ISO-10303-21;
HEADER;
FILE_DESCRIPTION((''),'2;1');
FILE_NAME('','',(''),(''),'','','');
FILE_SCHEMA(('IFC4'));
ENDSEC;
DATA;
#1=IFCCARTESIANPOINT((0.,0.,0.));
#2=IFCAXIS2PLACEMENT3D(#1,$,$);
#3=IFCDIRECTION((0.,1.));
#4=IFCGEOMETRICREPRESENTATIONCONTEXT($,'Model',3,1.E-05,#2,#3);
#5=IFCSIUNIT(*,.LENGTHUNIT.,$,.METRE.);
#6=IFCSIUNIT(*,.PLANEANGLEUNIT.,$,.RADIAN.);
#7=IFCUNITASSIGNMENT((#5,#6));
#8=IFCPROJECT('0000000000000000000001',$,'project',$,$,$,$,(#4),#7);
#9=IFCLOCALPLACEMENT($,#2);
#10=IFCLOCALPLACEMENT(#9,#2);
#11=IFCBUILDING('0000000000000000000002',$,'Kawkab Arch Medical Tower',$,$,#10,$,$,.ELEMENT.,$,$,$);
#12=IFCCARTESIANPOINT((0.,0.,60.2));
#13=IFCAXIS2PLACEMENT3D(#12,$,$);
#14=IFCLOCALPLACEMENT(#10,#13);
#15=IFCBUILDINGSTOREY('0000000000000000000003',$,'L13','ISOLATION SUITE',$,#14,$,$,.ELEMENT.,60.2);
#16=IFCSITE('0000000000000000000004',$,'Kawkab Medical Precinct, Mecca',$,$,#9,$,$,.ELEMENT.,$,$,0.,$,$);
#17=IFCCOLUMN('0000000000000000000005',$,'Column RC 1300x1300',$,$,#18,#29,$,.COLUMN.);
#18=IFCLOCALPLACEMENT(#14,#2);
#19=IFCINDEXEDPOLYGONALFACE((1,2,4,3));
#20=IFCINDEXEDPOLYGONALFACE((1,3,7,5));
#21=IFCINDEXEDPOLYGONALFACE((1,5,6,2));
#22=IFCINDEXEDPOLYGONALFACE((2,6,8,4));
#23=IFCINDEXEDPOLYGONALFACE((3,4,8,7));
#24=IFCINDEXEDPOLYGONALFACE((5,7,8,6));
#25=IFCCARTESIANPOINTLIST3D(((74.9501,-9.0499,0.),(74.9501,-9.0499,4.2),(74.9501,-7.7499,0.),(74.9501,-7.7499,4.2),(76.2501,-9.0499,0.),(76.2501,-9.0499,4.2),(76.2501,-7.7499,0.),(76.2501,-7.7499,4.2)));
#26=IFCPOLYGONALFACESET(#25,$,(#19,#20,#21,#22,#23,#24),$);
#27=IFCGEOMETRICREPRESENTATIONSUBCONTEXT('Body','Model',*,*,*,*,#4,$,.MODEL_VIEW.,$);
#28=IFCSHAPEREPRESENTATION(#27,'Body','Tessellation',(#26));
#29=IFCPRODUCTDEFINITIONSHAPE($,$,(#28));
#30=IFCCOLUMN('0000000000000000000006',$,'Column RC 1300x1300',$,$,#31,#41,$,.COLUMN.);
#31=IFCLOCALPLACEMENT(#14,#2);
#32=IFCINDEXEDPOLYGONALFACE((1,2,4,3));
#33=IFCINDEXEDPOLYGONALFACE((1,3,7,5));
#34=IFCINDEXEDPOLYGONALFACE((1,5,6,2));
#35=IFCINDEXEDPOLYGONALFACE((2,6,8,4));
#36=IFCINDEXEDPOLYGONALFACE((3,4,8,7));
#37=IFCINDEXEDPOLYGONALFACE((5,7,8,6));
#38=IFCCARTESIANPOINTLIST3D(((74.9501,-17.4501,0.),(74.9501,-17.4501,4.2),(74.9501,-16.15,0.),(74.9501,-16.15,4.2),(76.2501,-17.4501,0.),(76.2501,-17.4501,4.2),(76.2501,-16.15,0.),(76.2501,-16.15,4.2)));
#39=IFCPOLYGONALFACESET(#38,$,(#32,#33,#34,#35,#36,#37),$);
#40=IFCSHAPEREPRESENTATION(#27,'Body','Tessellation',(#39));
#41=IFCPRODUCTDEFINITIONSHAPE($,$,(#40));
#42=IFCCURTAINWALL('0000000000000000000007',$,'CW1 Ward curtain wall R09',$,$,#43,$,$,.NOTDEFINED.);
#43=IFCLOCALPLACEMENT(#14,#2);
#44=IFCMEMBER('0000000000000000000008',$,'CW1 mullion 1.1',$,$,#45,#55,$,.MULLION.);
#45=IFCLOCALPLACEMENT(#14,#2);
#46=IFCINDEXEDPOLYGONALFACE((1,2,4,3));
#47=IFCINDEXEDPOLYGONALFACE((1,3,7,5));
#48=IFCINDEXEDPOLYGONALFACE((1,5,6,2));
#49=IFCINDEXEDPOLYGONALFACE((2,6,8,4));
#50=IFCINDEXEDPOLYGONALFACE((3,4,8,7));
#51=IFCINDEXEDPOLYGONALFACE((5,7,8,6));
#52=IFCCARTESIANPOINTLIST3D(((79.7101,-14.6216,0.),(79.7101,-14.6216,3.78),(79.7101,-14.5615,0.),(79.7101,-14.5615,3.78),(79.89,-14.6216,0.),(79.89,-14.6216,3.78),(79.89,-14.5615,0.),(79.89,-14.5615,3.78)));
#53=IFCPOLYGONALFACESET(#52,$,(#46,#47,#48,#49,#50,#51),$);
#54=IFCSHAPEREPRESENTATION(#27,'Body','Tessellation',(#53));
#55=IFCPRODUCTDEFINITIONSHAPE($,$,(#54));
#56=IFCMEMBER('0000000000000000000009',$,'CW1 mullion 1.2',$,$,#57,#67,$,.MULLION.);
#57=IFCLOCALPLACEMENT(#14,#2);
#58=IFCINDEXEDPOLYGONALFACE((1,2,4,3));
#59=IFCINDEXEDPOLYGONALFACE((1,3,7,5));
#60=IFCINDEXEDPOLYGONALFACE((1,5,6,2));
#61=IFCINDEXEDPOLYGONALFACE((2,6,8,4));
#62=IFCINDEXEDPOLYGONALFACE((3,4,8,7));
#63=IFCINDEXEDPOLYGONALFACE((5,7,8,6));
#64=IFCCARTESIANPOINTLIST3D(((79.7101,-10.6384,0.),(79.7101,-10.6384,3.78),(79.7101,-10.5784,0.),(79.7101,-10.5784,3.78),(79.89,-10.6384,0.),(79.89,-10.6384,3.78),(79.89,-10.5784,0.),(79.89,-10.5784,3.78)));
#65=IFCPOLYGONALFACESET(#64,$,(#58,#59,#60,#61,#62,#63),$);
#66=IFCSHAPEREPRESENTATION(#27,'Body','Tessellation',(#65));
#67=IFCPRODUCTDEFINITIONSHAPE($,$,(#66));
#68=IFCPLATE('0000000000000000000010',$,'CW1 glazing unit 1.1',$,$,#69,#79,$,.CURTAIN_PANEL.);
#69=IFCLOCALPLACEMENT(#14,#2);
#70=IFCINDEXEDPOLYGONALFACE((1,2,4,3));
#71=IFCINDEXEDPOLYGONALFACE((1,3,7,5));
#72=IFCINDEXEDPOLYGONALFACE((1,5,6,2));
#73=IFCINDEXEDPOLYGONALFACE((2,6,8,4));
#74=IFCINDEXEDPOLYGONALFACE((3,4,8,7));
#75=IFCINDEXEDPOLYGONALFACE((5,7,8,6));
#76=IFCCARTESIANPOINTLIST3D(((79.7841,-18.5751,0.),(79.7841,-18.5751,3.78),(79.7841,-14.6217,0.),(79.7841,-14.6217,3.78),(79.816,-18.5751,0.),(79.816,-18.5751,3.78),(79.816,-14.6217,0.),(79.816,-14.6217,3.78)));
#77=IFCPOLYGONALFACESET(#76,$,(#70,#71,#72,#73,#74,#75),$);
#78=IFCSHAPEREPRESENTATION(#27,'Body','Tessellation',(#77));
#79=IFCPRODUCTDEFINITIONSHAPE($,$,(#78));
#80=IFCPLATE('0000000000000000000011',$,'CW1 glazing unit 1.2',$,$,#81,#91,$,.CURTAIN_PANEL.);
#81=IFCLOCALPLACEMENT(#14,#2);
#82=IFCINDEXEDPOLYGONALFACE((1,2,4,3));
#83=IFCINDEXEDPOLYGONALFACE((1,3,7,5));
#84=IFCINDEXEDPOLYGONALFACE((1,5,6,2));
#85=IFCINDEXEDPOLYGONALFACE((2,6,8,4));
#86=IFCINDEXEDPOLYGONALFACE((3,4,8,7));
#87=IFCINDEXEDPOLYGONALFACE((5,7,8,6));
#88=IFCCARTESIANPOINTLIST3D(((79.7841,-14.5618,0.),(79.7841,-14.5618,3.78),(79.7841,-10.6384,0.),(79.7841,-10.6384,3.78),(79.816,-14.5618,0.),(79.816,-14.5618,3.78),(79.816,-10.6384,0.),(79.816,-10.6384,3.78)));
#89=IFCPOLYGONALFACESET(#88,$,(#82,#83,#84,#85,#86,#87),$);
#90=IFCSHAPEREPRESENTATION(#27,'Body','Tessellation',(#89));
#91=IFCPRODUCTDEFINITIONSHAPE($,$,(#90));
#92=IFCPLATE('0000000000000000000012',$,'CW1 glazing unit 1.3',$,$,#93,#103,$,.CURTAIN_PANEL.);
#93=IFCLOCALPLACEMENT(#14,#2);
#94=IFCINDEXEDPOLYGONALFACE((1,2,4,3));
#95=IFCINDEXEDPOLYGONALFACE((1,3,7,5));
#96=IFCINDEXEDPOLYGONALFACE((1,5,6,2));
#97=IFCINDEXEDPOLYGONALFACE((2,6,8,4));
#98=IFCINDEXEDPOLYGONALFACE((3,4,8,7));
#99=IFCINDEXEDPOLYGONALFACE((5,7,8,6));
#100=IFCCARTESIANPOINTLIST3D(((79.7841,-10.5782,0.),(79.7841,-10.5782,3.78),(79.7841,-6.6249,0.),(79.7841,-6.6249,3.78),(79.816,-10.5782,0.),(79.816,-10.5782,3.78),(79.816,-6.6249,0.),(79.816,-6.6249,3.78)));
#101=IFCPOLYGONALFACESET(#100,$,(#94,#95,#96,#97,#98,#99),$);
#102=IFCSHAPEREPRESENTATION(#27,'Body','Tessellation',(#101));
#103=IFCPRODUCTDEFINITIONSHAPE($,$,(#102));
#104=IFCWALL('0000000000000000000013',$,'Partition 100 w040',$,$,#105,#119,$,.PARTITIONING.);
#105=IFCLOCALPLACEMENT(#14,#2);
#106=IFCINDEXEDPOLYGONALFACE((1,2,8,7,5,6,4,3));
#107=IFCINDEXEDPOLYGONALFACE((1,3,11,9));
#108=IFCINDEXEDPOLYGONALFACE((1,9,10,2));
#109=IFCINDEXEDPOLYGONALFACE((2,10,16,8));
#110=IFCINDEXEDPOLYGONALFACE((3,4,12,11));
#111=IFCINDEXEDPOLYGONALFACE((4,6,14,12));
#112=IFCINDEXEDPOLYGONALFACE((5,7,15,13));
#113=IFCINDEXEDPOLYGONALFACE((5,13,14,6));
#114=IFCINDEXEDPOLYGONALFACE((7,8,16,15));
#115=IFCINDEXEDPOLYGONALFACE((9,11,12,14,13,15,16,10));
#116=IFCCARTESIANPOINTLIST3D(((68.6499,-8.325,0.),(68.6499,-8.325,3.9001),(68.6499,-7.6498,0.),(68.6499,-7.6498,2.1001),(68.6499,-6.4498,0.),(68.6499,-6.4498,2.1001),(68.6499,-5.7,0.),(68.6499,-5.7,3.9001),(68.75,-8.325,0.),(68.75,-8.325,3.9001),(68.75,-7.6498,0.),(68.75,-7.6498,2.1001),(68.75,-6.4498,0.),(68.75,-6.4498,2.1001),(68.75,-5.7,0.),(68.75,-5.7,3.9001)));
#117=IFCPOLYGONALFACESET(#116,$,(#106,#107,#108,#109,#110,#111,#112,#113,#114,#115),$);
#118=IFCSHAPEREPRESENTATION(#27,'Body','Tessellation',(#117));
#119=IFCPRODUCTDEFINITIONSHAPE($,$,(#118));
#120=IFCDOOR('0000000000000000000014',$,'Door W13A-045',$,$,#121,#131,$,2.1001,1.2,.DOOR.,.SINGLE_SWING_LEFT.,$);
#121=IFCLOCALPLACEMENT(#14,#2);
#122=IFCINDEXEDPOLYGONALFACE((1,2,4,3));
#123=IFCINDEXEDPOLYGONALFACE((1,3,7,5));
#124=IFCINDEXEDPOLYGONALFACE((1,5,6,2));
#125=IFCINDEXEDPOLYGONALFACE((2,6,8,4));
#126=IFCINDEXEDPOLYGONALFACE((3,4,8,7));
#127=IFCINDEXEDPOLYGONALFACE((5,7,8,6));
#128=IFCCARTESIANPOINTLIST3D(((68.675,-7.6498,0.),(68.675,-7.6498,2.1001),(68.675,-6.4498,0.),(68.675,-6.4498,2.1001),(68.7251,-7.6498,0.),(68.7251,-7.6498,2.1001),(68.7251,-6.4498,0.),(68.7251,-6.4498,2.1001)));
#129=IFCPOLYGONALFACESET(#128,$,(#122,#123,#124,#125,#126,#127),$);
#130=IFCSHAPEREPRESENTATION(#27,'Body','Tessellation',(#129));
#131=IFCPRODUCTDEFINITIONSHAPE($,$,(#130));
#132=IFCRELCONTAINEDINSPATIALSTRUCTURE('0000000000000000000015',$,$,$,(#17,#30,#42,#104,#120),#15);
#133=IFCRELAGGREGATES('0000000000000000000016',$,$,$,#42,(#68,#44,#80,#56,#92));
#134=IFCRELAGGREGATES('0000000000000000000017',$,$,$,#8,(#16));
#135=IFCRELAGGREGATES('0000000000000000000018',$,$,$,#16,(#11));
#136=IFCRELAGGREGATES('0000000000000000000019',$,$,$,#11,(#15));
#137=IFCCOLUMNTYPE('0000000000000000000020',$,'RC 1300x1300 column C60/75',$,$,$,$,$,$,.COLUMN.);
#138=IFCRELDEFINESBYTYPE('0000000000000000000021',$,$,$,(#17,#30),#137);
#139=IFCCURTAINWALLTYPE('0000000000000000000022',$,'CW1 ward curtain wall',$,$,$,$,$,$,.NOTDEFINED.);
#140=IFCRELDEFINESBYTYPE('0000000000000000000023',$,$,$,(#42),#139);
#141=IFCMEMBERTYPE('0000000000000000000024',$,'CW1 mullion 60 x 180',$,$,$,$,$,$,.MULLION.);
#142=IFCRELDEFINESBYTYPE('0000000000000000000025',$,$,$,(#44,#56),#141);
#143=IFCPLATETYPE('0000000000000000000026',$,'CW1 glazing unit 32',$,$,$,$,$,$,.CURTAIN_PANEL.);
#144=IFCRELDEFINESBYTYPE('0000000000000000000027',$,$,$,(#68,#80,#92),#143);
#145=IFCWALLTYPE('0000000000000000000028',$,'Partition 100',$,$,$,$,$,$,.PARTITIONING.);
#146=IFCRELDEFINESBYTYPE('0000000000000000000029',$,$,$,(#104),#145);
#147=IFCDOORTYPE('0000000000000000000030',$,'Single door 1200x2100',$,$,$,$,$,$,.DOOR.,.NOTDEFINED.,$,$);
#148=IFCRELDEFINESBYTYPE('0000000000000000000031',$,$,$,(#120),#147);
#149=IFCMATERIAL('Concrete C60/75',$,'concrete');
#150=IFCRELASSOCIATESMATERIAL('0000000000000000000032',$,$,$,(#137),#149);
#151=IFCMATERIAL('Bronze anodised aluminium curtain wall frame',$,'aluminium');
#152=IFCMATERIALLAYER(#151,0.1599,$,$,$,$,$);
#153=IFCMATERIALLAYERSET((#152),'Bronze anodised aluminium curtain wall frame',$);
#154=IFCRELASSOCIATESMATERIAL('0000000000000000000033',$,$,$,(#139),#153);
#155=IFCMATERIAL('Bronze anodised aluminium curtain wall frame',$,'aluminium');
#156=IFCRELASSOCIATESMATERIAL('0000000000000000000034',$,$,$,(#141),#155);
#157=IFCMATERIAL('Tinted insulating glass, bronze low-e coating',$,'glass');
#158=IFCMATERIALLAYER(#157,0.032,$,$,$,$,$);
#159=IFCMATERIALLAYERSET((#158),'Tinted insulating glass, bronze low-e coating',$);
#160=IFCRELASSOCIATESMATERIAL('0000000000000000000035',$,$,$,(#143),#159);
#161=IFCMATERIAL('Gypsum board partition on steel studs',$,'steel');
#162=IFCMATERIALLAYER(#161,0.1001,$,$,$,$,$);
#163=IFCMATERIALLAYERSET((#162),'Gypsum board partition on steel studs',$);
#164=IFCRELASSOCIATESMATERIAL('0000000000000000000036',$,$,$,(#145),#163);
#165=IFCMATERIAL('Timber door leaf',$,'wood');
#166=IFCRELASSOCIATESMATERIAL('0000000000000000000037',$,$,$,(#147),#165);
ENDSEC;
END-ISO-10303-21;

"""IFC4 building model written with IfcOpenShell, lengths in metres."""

from ifc_helpers import new_model, si_unit, direction, frame, frame_2d, origin, origin_2d, place, context, subcontext, project, spatial, rectangle, extrude, material, layer, layer_set, material_profile, profile_set, type_object, element, fill, aggregate, save


model = new_model("IFC4")

# Units and contexts
model_context = context("Model", 3, precision=1e-05, world=origin(), true_north=direction((0.0, 1.0)))
body_context = subcontext(model_context, "Body", "Model", "MODEL_VIEW")
ifc_project = project(units=[si_unit("LENGTHUNIT", "METRE"), si_unit("PLANEANGLEUNIT", "RADIAN")], contexts=[model_context])

# Site, building, storey
site_placement = place(None, origin())
site = spatial("IfcSite", under=ifc_project, at=site_placement, Name="Kawkab Medical Precinct, Mecca", CompositionType="ELEMENT", RefElevation=0.0)
building_placement = place(site_placement, origin())
building = spatial("IfcBuilding", under=site, at=building_placement, Name="Kawkab Arch Medical Tower", CompositionType="ELEMENT")
storey_placement = place(building_placement, frame((0.0, 0.0, 60.2)))
storey = spatial("IfcBuildingStorey", under=building, at=storey_placement, Name="L13", Description="ISOLATION SUITE", CompositionType="ELEMENT", Elevation=60.2)

# Columns
ifc_material_1 = material(Name="Concrete C60/75", Category="concrete")
ifc_material_profile_1 = material_profile(ifc_material_1, rectangle(XDim=1.3, YDim=1.3, at=origin_2d()), Name="RC 1300x1300")
ifc_profile_set_1 = profile_set([ifc_material_profile_1], Name="Concrete C60/75")
column_type = type_object("IfcColumnType", Name="RC 1300x1300 column C60/75", PredefinedType="COLUMN", material=ifc_profile_set_1)
for number, where, z_axis, x_axis, name in (
    (1, (75.6001, -8.3999, 0.0), (0.0, 0.0, 1.0), (1.0, 0.0, 0.0), "Column RC 1300x1300"),
    (2, (75.6001, -16.8, 0.0), (0.0, 0.0, 1.0), (1.0, 0.0, 0.0), "Column RC 1300x1300"),
):
    element("IfcColumn", number, at=place(storey_placement, frame(where, z_axis=z_axis, x_axis=x_axis)), inside=storey, type_object=column_type, Name=name, PredefinedType="COLUMN", context=body_context, shape_type="SweptSolid", body=[
        extrude(rectangle(XDim=1.3, YDim=1.3, at=origin_2d()), origin(), (0.0, 0.0, 1.0), 4.2),
    ])

# Curtain wall, members, plates
ifc_material_2 = material(Name="Bronze anodised aluminium curtain wall frame", Category="aluminium")
ifc_layer_1 = layer(ifc_material_2, 0.1599)
ifc_layer_set_1 = layer_set([ifc_layer_1], Name="Bronze anodised aluminium curtain wall frame")
curtain_wall_type = type_object("IfcCurtainWallType", Name="CW1 ward curtain wall", PredefinedType="NOTDEFINED", material=ifc_layer_set_1)
curtain_wall_placement = place(storey_placement, origin())
curtain_wall = element("IfcCurtainWall", 3, at=curtain_wall_placement, inside=storey, type_object=curtain_wall_type, Name="CW1 Ward curtain wall R09", PredefinedType="NOTDEFINED")
ifc_material_3 = material(Name="Bronze anodised aluminium curtain wall frame", Category="aluminium")
ifc_material_profile_2 = material_profile(ifc_material_3, rectangle(XDim=0.1799, YDim=0.0601, at=origin_2d()), Name="AL 60x180")
ifc_profile_set_2 = profile_set([ifc_material_profile_2], Name="Bronze anodised aluminium curtain wall frame")
member_type = type_object("IfcMemberType", Name="CW1 mullion 60 x 180", PredefinedType="MULLION", material=ifc_profile_set_2)
member_1_placement = place(storey_placement, frame((79.8, -14.5916, 0.0), z_axis=(0.0, 0.0, 1.0), x_axis=(-1.0, 0.0, 0.0)))
member_1 = element("IfcMember", 4, at=member_1_placement, type_object=member_type, Name="CW1 mullion 1.1", PredefinedType="MULLION", context=body_context, shape_type="SweptSolid", body=[
    extrude(rectangle(XDim=0.1799, YDim=0.0601, at=origin_2d()), origin(), (0.0, 0.0, 1.0), 3.78),
])
member_2_placement = place(storey_placement, frame((79.8, -10.6084, 0.0), z_axis=(0.0, 0.0, 1.0), x_axis=(-1.0, 0.0, 0.0)))
member_2 = element("IfcMember", 5, at=member_2_placement, type_object=member_type, Name="CW1 mullion 1.2", PredefinedType="MULLION", context=body_context, shape_type="SweptSolid", body=[
    extrude(rectangle(XDim=0.1799, YDim=0.0601, at=origin_2d()), origin(), (0.0, 0.0, 1.0), 3.78),
])
ifc_material_4 = material(Name="Tinted insulating glass, bronze low-e coating", Category="glass")
ifc_layer_2 = layer(ifc_material_4, 0.032)
ifc_layer_set_2 = layer_set([ifc_layer_2], Name="Tinted insulating glass, bronze low-e coating")
plate_type = type_object("IfcPlateType", Name="CW1 glazing unit 32", PredefinedType="CURTAIN_PANEL", material=ifc_layer_set_2)
plate_1_placement = place(storey_placement, frame((79.8, -16.5984, 0.0), z_axis=(0.0, 0.0, 1.0), x_axis=(0.0, 1.0, 0.0)))
plate_1 = element("IfcPlate", 6, at=plate_1_placement, type_object=plate_type, Name="CW1 glazing unit 1.1", PredefinedType="CURTAIN_PANEL", context=body_context, shape_type="SweptSolid", body=[
    extrude(rectangle(XDim=3.9534, YDim=0.032, at=origin_2d()), origin(), (0.0, 0.0, 1.0), 3.78),
])
plate_2_placement = place(storey_placement, frame((79.8, -12.6001, 0.0), z_axis=(0.0, 0.0, 1.0), x_axis=(0.0, 1.0, 0.0)))
plate_2 = element("IfcPlate", 7, at=plate_2_placement, type_object=plate_type, Name="CW1 glazing unit 1.2", PredefinedType="CURTAIN_PANEL", context=body_context, shape_type="SweptSolid", body=[
    extrude(rectangle(XDim=3.9233, YDim=0.032, at=origin_2d()), origin(), (0.0, 0.0, 1.0), 3.78),
])
plate_3_placement = place(storey_placement, frame((79.8, -8.6016, 0.0), z_axis=(0.0, 0.0, 1.0), x_axis=(0.0, 1.0, 0.0)))
plate_3 = element("IfcPlate", 8, at=plate_3_placement, type_object=plate_type, Name="CW1 glazing unit 1.3", PredefinedType="CURTAIN_PANEL", context=body_context, shape_type="SweptSolid", body=[
    extrude(rectangle(XDim=3.9534, YDim=0.032, at=origin_2d()), origin(), (0.0, 0.0, 1.0), 3.78),
])
aggregate(curtain_wall, [plate_1, member_1, plate_2, member_2, plate_3])

# Wall, opening, door
ifc_material_5 = material(Name="Gypsum board partition on steel studs", Category="steel")
ifc_layer_3 = layer(ifc_material_5, 0.1001)
ifc_layer_set_3 = layer_set([ifc_layer_3], Name="Gypsum board partition on steel studs")
wall_type_1 = type_object("IfcWallType", Name="Partition 100", PredefinedType="PARTITIONING", material=ifc_layer_set_3)
wall_1_placement = place(storey_placement, frame((68.7, -8.325, 0.0), z_axis=(0.0, 0.0, 1.0), x_axis=(0.0, 1.0, 0.0)))
wall_1 = element("IfcWall", 9, at=wall_1_placement, inside=storey, type_object=wall_type_1, Name="Partition 100 w040", PredefinedType="PARTITIONING", context=body_context, shape_type="SweptSolid", body=[
    extrude(rectangle(XDim=2.625, YDim=0.1001, at=frame_2d((1.3125, 0.0))), origin(), (0.0, 0.0, 1.0), 3.9001),
])
opening_1_placement = place(wall_1_placement, frame((0.675, 0.0, 0.0)))
opening_1 = element("IfcOpeningElement", 10, at=opening_1_placement, cuts=wall_1, PredefinedType="OPENING", context=body_context, shape_type="SweptSolid", body=[
    extrude(rectangle(XDim=1.2, YDim=2.1001, at=frame_2d((0.6001, 1.05))), frame((0.0, 0.0601, 0.0), z_axis=(0.0, -1.0, 0.0), x_axis=(1.0, 0.0, 0.0)), (0.0, 0.0, 1.0), 0.1201),
])
ifc_material_6 = material(Name="Timber door leaf", Category="wood")
door_type_1 = type_object("IfcDoorType", Name="Single door 1200x2100", OperationType="NOTDEFINED", PredefinedType="DOOR", material=ifc_material_6)
door_1_placement = place(opening_1_placement, origin())
door_1 = element("IfcDoor", 11, at=door_1_placement, inside=storey, type_object=door_type_1, Name="Door W13A-045", OperationType="SINGLE_SWING_LEFT", OverallHeight=2.1001, OverallWidth=1.2, PredefinedType="DOOR", context=body_context, shape_type="SweptSolid", body=[
    extrude(rectangle(XDim=1.2, YDim=2.1001, at=frame_2d((0.6001, 1.05))), frame((0.0, 0.0249, 0.0), z_axis=(0.0, -1.0, 0.0), x_axis=(1.0, 0.0, 0.0)), (0.0, 0.0, 1.0), 0.05),
])
fill(opening_1, door_1)

save(model, "model.ifc")
